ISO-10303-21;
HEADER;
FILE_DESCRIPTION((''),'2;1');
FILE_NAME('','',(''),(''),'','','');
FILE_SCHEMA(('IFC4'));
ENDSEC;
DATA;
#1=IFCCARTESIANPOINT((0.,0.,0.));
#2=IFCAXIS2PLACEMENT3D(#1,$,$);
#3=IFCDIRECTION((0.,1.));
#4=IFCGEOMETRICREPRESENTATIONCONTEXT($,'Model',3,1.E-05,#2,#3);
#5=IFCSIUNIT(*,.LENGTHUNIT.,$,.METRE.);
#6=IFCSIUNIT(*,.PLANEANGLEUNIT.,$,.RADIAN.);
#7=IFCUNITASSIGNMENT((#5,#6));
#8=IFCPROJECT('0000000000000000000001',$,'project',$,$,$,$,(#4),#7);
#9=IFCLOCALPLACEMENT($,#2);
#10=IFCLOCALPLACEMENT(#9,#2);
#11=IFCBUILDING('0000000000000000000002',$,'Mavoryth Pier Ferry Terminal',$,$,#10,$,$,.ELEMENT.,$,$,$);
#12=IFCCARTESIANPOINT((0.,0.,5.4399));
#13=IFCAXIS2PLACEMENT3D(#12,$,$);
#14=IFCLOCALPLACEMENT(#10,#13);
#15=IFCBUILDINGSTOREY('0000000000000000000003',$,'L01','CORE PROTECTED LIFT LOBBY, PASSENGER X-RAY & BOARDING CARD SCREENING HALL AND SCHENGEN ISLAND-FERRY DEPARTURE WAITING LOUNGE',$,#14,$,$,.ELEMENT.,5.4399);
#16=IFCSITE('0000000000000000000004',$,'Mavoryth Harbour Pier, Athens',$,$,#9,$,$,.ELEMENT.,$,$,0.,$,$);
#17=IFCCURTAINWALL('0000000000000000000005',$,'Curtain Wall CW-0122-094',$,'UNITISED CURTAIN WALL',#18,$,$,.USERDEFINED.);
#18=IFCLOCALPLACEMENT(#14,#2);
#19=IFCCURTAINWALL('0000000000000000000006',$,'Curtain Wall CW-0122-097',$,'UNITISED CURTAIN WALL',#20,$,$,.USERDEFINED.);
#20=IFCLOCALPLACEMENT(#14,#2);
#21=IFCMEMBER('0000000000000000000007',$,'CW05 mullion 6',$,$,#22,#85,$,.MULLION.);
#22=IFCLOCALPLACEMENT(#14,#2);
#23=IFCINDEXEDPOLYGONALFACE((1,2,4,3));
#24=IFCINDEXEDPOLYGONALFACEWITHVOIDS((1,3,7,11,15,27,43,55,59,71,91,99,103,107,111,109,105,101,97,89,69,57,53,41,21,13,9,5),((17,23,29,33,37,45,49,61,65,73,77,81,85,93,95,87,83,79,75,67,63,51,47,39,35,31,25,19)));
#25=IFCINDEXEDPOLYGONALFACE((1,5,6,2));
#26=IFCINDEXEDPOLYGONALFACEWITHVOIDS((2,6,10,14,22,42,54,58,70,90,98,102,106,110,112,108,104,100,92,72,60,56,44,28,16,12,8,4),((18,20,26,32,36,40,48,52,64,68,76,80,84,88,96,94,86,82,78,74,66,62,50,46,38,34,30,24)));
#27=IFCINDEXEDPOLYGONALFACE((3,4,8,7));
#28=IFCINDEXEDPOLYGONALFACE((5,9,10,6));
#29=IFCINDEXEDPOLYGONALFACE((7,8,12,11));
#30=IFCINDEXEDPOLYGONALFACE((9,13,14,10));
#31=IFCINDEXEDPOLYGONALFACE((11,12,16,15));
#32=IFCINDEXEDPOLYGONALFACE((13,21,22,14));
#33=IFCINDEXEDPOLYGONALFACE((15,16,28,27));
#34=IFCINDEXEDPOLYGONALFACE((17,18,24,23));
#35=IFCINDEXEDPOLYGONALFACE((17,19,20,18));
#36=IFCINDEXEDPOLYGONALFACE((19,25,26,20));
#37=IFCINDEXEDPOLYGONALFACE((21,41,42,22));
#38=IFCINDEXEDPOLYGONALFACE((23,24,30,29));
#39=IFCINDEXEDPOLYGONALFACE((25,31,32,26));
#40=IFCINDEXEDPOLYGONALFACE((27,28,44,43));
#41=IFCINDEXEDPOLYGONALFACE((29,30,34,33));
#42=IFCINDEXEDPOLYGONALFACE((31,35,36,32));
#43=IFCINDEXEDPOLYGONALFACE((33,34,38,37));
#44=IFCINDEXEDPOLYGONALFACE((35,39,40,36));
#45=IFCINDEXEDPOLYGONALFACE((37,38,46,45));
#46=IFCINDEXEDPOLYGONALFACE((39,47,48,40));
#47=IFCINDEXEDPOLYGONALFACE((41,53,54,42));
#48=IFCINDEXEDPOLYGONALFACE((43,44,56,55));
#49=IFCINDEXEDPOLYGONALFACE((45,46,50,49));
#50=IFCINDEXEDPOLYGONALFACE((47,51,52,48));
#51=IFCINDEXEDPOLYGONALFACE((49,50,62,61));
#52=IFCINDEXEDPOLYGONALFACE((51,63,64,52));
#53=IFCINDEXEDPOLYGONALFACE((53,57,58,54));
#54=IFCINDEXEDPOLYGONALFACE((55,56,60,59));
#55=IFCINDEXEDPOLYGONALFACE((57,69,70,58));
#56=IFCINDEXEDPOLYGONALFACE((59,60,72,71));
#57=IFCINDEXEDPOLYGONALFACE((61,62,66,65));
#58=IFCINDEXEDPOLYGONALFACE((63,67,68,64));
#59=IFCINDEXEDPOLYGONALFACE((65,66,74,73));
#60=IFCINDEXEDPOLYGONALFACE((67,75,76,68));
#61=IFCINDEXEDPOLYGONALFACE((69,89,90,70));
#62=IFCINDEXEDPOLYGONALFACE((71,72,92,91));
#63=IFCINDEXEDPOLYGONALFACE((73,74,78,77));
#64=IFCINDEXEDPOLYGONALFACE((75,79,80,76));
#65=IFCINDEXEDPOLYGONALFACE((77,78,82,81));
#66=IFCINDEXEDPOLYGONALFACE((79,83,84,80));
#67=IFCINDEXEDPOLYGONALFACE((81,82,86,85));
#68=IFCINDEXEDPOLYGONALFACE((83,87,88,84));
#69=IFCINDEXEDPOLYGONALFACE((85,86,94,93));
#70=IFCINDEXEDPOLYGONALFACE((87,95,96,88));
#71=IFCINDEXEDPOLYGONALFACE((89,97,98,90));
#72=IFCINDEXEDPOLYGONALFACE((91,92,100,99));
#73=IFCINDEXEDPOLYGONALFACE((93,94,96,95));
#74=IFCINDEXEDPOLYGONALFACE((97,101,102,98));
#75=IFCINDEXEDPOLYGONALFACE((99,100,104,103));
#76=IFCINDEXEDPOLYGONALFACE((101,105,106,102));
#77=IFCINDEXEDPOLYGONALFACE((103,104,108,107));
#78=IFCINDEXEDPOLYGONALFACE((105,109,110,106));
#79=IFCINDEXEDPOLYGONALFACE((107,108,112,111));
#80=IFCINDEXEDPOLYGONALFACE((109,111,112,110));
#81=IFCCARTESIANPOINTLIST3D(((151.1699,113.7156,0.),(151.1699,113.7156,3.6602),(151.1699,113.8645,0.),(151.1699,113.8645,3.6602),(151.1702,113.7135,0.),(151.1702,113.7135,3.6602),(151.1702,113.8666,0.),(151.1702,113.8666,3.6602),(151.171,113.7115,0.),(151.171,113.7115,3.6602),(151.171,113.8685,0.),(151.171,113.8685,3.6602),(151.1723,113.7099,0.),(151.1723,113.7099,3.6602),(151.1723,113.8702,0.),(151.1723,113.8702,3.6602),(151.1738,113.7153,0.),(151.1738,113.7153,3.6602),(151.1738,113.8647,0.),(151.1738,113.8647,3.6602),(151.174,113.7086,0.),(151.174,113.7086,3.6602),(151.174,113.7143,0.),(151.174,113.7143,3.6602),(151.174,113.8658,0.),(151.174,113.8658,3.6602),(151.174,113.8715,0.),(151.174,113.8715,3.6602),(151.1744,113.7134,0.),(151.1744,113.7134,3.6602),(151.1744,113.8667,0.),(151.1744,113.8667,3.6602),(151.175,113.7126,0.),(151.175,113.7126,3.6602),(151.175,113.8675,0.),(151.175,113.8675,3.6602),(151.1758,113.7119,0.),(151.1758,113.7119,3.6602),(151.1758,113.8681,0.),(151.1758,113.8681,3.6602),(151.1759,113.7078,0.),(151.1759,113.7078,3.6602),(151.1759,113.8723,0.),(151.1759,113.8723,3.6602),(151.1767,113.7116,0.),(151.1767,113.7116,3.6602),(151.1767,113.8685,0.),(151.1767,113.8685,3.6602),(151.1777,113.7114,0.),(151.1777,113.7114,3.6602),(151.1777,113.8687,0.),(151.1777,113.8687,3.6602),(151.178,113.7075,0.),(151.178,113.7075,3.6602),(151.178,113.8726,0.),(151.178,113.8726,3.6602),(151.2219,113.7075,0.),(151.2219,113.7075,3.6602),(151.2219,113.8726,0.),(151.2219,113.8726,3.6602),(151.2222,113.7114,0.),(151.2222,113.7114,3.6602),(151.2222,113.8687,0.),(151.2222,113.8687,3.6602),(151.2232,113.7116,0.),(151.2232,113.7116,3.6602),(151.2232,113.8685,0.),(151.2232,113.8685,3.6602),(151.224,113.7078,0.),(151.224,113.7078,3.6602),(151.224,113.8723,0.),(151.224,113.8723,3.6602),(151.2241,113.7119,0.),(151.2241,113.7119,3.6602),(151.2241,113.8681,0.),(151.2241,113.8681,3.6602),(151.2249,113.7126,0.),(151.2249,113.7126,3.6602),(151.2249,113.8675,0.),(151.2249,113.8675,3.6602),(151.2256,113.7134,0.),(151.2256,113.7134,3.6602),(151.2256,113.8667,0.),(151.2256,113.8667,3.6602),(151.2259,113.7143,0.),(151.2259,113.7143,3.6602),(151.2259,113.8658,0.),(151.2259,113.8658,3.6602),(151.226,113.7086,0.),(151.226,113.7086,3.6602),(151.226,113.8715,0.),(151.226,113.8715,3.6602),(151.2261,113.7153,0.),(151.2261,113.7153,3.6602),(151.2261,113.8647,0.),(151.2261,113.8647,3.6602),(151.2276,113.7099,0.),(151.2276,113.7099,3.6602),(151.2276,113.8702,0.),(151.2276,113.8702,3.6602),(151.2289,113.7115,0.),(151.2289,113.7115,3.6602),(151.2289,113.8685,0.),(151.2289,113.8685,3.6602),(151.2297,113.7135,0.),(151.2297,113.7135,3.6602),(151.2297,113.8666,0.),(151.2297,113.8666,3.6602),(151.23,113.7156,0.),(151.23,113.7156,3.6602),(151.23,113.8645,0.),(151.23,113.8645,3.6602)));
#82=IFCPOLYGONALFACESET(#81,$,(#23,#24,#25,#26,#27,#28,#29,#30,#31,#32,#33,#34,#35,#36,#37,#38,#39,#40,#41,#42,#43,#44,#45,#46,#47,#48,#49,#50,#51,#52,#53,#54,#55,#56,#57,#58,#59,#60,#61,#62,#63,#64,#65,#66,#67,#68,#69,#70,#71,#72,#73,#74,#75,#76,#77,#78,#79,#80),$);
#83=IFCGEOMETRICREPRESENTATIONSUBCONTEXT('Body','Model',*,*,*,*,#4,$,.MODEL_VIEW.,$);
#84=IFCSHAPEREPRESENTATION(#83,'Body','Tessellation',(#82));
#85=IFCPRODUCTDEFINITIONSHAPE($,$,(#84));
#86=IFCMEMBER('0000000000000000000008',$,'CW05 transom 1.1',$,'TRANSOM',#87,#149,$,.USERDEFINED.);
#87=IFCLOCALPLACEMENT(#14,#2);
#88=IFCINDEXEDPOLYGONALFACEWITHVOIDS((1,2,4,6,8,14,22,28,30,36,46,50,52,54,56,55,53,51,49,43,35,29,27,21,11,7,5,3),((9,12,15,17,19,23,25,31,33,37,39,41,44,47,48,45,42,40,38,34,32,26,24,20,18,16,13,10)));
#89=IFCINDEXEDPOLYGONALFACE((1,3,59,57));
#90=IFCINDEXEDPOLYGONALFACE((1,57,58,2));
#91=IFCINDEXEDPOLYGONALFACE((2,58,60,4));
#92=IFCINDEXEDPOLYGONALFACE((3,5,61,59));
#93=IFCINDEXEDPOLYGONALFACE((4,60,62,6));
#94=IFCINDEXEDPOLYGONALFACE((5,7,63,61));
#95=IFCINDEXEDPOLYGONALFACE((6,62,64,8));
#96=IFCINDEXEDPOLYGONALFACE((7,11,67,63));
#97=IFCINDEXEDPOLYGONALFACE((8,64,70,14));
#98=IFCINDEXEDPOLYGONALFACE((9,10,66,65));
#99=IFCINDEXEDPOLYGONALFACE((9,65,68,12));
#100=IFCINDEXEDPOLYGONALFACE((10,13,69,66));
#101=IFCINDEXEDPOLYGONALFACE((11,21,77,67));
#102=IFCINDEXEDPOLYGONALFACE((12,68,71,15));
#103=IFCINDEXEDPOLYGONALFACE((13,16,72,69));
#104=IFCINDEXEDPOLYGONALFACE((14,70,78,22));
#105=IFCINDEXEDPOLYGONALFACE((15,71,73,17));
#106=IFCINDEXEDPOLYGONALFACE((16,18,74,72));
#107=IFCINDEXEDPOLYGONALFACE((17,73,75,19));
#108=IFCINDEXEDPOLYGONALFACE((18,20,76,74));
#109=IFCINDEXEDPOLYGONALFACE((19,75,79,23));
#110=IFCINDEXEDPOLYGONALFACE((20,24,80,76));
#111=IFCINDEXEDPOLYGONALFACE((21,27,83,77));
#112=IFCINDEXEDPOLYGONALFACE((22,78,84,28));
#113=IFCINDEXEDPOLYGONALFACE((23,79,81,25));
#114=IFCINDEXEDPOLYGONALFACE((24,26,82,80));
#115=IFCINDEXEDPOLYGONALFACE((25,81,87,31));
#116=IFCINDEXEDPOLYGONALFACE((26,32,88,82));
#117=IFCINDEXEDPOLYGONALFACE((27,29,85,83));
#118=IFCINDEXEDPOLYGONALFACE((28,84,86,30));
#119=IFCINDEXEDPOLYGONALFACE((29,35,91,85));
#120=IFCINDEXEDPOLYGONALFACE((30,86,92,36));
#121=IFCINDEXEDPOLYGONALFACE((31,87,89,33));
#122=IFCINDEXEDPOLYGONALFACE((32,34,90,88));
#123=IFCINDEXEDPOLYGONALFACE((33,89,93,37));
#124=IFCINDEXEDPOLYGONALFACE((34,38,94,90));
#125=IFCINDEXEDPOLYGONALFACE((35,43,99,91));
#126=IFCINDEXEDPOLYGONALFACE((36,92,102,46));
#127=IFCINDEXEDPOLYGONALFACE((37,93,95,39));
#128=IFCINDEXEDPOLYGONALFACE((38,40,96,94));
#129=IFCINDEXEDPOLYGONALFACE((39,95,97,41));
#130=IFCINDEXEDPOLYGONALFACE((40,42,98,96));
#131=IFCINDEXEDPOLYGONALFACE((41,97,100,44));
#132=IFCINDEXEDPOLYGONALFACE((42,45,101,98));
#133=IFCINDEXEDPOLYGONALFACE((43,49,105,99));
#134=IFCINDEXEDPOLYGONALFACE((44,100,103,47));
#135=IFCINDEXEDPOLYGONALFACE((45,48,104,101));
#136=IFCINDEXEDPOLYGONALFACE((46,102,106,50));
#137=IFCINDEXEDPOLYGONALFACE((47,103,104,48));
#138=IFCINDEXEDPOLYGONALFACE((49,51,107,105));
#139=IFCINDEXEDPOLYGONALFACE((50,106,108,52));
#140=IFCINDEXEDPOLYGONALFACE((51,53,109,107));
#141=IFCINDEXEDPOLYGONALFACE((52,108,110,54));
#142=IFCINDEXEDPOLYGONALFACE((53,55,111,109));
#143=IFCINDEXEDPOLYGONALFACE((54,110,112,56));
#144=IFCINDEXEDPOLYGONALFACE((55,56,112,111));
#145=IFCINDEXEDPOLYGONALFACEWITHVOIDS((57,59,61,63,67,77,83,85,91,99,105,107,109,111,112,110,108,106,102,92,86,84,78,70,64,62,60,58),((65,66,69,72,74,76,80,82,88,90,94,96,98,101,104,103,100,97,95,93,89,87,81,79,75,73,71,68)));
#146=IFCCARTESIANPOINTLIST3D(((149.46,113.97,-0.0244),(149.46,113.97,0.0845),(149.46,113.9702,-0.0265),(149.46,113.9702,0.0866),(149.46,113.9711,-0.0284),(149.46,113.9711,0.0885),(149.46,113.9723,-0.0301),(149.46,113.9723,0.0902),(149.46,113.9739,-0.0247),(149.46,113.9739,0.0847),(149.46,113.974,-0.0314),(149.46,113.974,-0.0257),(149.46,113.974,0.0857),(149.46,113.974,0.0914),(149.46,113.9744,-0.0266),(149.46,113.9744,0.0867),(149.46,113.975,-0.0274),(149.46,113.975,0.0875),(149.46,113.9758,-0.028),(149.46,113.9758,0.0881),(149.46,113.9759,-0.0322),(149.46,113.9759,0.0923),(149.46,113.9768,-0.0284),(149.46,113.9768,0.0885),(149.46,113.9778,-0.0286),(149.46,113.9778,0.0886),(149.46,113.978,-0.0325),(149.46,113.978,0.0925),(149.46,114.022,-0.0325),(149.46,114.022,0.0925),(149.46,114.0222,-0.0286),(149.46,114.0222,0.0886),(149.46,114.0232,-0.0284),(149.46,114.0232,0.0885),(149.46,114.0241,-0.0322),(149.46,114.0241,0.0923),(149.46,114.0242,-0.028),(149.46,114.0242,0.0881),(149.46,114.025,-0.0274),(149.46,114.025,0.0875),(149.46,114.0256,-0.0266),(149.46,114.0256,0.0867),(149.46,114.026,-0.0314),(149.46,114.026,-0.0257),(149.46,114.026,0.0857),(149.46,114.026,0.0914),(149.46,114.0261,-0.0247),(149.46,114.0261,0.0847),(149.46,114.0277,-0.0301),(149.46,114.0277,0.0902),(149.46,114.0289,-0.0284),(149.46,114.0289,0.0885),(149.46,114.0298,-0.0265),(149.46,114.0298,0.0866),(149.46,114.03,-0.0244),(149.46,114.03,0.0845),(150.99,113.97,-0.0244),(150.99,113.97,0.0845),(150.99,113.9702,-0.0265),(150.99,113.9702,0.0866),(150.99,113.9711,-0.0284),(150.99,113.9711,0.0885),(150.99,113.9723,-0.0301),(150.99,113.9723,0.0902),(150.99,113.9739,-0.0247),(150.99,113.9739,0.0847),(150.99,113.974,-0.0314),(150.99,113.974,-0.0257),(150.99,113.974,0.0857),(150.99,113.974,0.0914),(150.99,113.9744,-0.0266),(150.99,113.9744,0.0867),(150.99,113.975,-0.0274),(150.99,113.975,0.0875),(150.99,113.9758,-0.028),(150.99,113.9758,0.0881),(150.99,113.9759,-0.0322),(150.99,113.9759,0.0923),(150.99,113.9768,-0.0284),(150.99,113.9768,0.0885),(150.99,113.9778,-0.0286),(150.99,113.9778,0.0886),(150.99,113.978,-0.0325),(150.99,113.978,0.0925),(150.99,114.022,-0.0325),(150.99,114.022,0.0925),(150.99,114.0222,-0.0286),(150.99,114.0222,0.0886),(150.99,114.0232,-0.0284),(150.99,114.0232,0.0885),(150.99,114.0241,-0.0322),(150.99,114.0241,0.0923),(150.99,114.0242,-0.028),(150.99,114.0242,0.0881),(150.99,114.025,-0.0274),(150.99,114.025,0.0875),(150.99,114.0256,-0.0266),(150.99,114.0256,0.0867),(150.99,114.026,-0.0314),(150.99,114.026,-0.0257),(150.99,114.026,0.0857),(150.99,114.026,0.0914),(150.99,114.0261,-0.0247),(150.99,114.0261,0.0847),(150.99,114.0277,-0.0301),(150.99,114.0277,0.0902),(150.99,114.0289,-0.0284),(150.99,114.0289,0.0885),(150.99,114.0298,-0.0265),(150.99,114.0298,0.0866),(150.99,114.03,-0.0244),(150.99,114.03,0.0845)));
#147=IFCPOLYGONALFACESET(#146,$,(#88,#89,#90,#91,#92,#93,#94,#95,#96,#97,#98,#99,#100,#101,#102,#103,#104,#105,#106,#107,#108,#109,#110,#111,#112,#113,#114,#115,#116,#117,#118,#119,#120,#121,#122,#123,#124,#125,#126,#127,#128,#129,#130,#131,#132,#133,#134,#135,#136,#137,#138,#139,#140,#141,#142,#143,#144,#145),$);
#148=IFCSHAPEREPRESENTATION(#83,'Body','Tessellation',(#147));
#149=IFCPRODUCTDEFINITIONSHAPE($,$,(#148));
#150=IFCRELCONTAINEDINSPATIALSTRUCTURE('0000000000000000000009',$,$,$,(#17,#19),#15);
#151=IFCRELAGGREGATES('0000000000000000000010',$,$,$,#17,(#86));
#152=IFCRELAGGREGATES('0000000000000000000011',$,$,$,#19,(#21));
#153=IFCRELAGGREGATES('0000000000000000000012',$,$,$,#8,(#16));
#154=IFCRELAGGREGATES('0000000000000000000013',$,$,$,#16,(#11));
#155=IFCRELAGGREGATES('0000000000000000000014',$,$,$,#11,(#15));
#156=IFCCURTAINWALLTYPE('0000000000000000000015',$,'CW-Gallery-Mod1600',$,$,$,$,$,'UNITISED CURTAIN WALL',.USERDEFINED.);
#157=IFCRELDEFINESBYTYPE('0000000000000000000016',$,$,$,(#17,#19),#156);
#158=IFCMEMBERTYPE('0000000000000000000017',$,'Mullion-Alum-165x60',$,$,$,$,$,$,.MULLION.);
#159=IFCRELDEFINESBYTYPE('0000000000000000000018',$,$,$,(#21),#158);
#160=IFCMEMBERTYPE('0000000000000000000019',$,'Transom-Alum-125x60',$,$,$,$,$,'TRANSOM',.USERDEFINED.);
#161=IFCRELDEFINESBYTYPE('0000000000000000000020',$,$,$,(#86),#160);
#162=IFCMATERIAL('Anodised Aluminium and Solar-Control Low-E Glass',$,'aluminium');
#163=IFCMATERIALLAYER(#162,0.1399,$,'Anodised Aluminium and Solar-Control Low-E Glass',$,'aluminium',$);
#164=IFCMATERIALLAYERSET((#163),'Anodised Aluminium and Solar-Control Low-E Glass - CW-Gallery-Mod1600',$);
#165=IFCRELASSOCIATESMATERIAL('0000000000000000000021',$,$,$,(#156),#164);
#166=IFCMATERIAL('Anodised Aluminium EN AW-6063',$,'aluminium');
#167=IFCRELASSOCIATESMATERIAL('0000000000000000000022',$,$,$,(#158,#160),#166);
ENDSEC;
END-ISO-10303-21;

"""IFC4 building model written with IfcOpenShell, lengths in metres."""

from ifc_helpers import new_model, si_unit, direction, frame, origin, origin_2d, place, context, subcontext, project, spatial, hollow_rectangle, extrude, material, layer, layer_set, material_profile, profile_set, type_object, element, aggregate, save


model = new_model("IFC4")

# Units and contexts
model_context = context("Model", 3, precision=1e-05, world=origin(), true_north=direction((0.0, 1.0)))
body_context = subcontext(model_context, "Body", "Model", "MODEL_VIEW")
ifc_project = project(units=[si_unit("LENGTHUNIT", "METRE"), si_unit("PLANEANGLEUNIT", "RADIAN")], contexts=[model_context])

# Site, building, storey
site_placement = place(None, origin())
site = spatial("IfcSite", under=ifc_project, at=site_placement, Name="Mavoryth Harbour Pier, Athens", CompositionType="ELEMENT", RefElevation=0.0)
building_placement = place(site_placement, origin())
building = spatial("IfcBuilding", under=site, at=building_placement, Name="Mavoryth Pier Ferry Terminal", CompositionType="ELEMENT")
storey_placement = place(building_placement, frame((0.0, 0.0, 5.4399)))
storey = spatial("IfcBuildingStorey", under=building, at=storey_placement, Name="L01", Description="CORE PROTECTED LIFT LOBBY, PASSENGER X-RAY & BOARDING CARD SCREENING HALL AND SCHENGEN ISLAND-FERRY DEPARTURE WAITING LOUNGE", CompositionType="ELEMENT", Elevation=5.4399)

# Curtain walls, member
ifc_material_1 = material(Name="Anodised Aluminium and Solar-Control Low-E Glass", Category="aluminium")
ifc_layer_1 = layer(ifc_material_1, 0.1399, Name="Anodised Aluminium and Solar-Control Low-E Glass", Category="aluminium")
ifc_layer_set_1 = layer_set([ifc_layer_1], Name="Anodised Aluminium and Solar-Control Low-E Glass - CW-Gallery-Mod1600")
curtain_wall_type = type_object("IfcCurtainWallType", Name="CW-Gallery-Mod1600", ElementType="UNITISED CURTAIN WALL", PredefinedType="USERDEFINED", material=ifc_layer_set_1)
curtain_wall_1_placement = place(storey_placement, origin())
curtain_wall_1 = element("IfcCurtainWall", 1, at=curtain_wall_1_placement, inside=storey, type_object=curtain_wall_type, Name="Curtain Wall CW-0122-094", ObjectType="UNITISED CURTAIN WALL", PredefinedType="USERDEFINED")
ifc_material_2 = material(Name="Anodised Aluminium EN AW-6063", Category="aluminium")
ifc_material_profile_1 = material_profile(ifc_material_2, hollow_rectangle(XDim=0.0601, YDim=0.165, WallThickness=0.0039, InnerFilletRadius=0.0039, OuterFilletRadius=0.0081, at=origin_2d()), Name="AL-MULL 165x60x4", Category="aluminium")
ifc_profile_set_1 = profile_set([ifc_material_profile_1], Name="Anodised Aluminium EN AW-6063 - AL-MULL 165x60x4")
member_type_1 = type_object("IfcMemberType", Name="Mullion-Alum-165x60", PredefinedType="MULLION", material=ifc_profile_set_1)
curtain_wall_2_placement = place(storey_placement, origin())
curtain_wall_2 = element("IfcCurtainWall", 2, at=curtain_wall_2_placement, inside=storey, type_object=curtain_wall_type, Name="Curtain Wall CW-0122-097", ObjectType="UNITISED CURTAIN WALL", PredefinedType="USERDEFINED")
member_1_placement = place(storey_placement, frame((151.2, 113.79, 0.0), z_axis=(0.0, 0.0, 1.0), x_axis=(-1.0, 0.0, 0.0)))
member_1 = element("IfcMember", 3, at=member_1_placement, type_object=member_type_1, Name="CW05 mullion 6", PredefinedType="MULLION", context=body_context, shape_type="SweptSolid", body=[
    extrude(hollow_rectangle(XDim=0.0601, YDim=0.165, WallThickness=0.0039, InnerFilletRadius=0.0039, OuterFilletRadius=0.0081, at=origin_2d()), origin(), (0.0, 0.0, 1.0), 3.6602),
])

# Member
ifc_material_profile_2 = material_profile(ifc_material_2, hollow_rectangle(XDim=0.0601, YDim=0.125, WallThickness=0.0039, InnerFilletRadius=0.0039, OuterFilletRadius=0.0081, at=origin_2d()), Name="AL-TRAN 125x60x4", Category="aluminium")
ifc_profile_set_2 = profile_set([ifc_material_profile_2], Name="Anodised Aluminium EN AW-6063 - AL-TRAN 125x60x4")
member_type_2 = type_object("IfcMemberType", Name="Transom-Alum-125x60", ElementType="TRANSOM", PredefinedType="USERDEFINED", material=ifc_profile_set_2)
member_2_placement = place(storey_placement, frame((150.99, 114.0, 0.03), z_axis=(-1.0, 0.0, 0.0), x_axis=(0.0, -1.0, 0.0)))
member_2 = element("IfcMember", 4, at=member_2_placement, type_object=member_type_2, Name="CW05 transom 1.1", ObjectType="TRANSOM", PredefinedType="USERDEFINED", context=body_context, shape_type="SweptSolid", body=[
    extrude(hollow_rectangle(XDim=0.0601, YDim=0.125, WallThickness=0.0039, InnerFilletRadius=0.0039, OuterFilletRadius=0.0081, at=origin_2d()), origin(), (0.0, 0.0, 1.0), 1.53),
])

aggregate(curtain_wall_1, [member_2])
aggregate(curtain_wall_2, [member_1])

save(model, "model.ifc")
